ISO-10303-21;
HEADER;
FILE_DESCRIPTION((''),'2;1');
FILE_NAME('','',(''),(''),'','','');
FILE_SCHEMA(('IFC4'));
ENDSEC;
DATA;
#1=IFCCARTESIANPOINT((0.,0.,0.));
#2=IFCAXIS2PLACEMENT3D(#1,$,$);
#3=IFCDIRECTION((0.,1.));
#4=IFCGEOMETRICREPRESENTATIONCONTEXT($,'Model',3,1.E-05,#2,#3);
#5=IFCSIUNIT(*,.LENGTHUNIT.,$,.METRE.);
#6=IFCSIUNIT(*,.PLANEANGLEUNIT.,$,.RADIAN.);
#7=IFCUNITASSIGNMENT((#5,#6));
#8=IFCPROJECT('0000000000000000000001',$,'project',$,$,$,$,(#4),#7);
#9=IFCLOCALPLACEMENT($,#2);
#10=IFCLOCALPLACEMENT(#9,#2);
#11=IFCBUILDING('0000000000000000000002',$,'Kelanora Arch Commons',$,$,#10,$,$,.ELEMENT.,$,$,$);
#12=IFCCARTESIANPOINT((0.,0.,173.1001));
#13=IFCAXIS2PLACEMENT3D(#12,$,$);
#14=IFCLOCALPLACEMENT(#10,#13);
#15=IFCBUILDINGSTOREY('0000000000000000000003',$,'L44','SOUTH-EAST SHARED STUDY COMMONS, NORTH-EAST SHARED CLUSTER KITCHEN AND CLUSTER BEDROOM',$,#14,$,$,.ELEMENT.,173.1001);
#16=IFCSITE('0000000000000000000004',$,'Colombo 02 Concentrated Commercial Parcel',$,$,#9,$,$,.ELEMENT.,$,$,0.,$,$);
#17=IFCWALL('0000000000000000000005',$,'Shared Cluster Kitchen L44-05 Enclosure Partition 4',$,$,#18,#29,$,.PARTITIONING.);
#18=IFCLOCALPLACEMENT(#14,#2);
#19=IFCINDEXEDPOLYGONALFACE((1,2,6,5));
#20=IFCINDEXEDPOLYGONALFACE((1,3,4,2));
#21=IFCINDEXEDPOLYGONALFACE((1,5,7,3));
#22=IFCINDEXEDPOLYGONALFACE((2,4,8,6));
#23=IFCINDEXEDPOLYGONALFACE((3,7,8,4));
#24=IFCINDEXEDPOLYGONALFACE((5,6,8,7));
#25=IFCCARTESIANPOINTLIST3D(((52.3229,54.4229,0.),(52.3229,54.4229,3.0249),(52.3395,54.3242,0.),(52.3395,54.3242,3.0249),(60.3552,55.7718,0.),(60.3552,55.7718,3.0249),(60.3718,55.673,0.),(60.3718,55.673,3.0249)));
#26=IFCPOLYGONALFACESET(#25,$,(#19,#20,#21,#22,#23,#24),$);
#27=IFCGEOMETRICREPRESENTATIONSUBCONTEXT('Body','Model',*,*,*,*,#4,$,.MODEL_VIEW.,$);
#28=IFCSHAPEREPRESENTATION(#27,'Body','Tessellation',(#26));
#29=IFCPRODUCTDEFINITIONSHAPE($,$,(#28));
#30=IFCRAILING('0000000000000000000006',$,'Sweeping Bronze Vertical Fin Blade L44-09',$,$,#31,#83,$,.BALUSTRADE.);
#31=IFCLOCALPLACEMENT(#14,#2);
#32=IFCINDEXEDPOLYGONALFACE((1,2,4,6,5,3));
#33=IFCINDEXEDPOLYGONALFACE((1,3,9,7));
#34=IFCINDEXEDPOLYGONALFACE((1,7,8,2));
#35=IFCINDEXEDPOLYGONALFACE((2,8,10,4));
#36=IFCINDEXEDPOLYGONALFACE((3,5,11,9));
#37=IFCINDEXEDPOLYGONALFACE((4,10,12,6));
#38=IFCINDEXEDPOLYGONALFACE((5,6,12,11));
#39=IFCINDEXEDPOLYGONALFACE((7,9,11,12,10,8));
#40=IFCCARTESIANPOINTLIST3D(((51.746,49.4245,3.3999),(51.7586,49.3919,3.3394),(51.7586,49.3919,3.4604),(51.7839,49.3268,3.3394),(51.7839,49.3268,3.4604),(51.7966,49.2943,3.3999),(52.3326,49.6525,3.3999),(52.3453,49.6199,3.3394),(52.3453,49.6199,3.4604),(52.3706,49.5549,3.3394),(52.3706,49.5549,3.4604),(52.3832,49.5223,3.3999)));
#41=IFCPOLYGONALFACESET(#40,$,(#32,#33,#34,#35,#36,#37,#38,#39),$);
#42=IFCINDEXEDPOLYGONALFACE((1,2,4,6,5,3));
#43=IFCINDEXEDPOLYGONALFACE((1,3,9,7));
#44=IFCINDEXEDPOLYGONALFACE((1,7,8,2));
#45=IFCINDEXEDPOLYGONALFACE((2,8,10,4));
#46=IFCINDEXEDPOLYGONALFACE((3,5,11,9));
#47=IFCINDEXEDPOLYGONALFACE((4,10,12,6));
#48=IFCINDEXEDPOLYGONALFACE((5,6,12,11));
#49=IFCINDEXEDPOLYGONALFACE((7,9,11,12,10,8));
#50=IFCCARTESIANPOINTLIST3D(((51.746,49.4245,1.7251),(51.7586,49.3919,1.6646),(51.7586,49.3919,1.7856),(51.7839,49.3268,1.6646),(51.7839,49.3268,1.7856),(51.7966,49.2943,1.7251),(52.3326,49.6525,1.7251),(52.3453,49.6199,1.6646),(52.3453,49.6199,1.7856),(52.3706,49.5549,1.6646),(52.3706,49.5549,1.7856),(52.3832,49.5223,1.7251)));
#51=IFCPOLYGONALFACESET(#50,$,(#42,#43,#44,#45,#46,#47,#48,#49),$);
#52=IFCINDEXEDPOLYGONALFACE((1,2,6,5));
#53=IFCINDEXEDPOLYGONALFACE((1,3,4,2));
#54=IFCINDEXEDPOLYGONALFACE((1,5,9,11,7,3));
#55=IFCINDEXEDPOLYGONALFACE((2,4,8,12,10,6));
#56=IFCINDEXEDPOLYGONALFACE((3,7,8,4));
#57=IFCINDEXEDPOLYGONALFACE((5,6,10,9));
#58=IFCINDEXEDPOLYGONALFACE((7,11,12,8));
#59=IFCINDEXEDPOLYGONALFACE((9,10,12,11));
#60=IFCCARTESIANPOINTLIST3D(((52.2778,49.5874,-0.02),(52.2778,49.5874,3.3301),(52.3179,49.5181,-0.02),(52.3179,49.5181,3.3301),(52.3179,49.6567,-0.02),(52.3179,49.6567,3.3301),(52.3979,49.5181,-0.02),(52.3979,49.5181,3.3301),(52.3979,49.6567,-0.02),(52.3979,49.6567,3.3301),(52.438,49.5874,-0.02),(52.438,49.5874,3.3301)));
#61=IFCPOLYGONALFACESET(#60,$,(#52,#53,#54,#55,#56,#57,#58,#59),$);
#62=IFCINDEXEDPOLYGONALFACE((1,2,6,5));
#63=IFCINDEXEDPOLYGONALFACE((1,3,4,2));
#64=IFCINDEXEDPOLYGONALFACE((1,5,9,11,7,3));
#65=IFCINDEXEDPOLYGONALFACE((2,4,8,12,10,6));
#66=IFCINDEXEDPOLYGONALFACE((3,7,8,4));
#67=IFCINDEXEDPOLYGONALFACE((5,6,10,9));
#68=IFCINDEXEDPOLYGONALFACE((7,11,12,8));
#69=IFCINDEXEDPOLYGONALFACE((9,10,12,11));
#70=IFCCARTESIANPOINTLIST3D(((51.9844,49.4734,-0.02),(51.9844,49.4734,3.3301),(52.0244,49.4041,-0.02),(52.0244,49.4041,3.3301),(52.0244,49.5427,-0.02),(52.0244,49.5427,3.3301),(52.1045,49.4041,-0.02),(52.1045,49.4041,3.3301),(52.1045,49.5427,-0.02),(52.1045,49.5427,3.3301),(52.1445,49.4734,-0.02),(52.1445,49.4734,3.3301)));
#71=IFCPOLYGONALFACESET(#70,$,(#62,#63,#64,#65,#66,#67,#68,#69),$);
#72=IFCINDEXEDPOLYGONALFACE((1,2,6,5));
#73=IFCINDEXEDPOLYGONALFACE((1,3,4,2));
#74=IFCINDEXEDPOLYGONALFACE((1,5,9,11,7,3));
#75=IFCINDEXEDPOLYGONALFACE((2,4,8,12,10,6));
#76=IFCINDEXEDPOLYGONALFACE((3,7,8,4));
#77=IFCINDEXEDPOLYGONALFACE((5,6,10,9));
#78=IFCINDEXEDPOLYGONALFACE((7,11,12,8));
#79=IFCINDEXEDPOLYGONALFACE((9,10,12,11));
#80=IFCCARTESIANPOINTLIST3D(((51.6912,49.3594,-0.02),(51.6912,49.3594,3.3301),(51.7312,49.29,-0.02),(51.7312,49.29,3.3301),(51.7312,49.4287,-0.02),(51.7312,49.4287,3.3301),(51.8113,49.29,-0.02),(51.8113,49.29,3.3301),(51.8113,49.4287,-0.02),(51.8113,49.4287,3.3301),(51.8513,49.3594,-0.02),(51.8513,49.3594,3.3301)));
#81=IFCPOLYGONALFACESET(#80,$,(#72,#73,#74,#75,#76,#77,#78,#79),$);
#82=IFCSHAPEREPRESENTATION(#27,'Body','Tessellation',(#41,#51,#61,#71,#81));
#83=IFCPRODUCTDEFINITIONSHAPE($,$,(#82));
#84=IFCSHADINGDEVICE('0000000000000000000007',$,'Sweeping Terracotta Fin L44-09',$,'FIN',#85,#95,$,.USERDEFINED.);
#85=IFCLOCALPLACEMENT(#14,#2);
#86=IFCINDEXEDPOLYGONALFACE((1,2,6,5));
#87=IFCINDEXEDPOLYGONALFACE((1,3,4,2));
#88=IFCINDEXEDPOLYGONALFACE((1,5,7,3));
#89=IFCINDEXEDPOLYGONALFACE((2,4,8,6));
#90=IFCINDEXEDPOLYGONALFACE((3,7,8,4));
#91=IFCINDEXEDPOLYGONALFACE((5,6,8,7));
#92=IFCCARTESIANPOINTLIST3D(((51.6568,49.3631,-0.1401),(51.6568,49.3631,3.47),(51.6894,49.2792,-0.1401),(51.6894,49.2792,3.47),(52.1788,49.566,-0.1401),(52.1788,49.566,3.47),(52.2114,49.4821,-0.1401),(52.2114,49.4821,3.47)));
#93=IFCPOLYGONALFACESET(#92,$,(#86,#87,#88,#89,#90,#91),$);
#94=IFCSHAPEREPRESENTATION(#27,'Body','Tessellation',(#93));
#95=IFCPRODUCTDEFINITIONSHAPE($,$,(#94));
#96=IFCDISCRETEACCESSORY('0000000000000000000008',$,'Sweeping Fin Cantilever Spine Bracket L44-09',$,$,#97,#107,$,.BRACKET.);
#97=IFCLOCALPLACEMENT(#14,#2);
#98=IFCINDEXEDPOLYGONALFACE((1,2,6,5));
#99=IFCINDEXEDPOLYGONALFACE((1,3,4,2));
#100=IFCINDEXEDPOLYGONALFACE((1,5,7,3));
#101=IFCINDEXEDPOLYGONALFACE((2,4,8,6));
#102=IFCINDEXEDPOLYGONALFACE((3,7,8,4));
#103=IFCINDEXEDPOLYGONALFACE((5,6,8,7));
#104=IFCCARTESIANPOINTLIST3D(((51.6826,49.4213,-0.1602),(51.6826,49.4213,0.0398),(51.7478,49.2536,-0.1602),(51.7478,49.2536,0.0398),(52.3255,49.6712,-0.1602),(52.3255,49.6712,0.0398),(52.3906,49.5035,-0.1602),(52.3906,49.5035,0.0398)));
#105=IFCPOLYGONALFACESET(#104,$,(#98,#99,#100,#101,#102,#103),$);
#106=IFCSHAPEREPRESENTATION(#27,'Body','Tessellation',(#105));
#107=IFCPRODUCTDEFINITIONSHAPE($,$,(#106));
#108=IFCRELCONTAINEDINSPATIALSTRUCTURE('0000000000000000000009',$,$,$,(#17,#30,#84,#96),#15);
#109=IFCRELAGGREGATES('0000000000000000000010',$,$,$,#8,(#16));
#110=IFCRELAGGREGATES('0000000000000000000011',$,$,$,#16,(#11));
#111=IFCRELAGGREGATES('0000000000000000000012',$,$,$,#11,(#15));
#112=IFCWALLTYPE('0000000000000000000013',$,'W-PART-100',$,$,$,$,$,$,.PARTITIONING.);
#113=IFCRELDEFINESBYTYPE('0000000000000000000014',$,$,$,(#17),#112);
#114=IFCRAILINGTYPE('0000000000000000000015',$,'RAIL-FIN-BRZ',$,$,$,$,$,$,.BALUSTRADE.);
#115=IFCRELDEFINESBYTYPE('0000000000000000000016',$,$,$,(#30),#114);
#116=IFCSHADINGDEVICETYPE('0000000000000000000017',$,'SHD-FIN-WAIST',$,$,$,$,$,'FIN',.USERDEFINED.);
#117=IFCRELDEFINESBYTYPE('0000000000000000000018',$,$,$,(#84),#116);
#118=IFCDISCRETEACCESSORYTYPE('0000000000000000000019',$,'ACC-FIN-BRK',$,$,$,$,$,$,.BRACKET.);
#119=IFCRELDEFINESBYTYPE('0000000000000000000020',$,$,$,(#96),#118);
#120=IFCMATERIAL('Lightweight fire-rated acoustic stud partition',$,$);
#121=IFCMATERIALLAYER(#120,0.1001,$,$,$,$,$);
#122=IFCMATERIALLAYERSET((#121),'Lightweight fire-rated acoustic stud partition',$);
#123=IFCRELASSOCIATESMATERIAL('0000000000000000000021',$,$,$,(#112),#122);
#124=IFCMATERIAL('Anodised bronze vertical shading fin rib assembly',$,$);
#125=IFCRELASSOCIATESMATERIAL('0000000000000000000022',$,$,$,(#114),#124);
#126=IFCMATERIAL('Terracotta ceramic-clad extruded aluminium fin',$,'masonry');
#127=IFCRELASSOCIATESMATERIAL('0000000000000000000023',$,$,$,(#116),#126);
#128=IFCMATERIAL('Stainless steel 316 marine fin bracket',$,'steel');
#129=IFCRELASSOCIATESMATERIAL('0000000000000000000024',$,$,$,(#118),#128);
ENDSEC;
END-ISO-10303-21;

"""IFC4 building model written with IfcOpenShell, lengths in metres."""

from ifc_helpers import new_model, si_unit, direction, frame, frame_2d, origin, origin_2d, place, context, subcontext, project, spatial, polyline, rectangle, outline, extrude, source, transform, mapped, material, layer, layer_set, type_object, element, save


model = new_model("IFC4")

# Units and contexts
model_context = context("Model", 3, precision=1e-05, world=origin(), true_north=direction((0.0, 1.0)))
body_context = subcontext(model_context, "Body", "Model", "MODEL_VIEW")
ifc_project = project(units=[si_unit("LENGTHUNIT", "METRE"), si_unit("PLANEANGLEUNIT", "RADIAN")], contexts=[model_context])

# Site, building, storey
site_placement = place(None, origin())
site = spatial("IfcSite", under=ifc_project, at=site_placement, Name="Colombo 02 Concentrated Commercial Parcel", CompositionType="ELEMENT", RefElevation=0.0)
building_placement = place(site_placement, origin())
building = spatial("IfcBuilding", under=site, at=building_placement, Name="Kelanora Arch Commons", CompositionType="ELEMENT")
storey_placement = place(building_placement, frame((0.0, 0.0, 173.1001)))
storey = spatial("IfcBuildingStorey", under=building, at=storey_placement, Name="L44", Description="SOUTH-EAST SHARED STUDY COMMONS, NORTH-EAST SHARED CLUSTER KITCHEN AND CLUSTER BEDROOM", CompositionType="ELEMENT", Elevation=173.1001)

# Wall
ifc_material_1 = material(Name="Lightweight fire-rated acoustic stud partition")
ifc_layer_1 = layer(ifc_material_1, 0.1001)
ifc_layer_set_1 = layer_set([ifc_layer_1], Name="Lightweight fire-rated acoustic stud partition")
wall_type_1 = type_object("IfcWallType", Name="W-PART-100", PredefinedType="PARTITIONING", material=ifc_layer_set_1)
wall_1_placement = place(storey_placement, frame((52.3313, 54.3735, 0.0), z_axis=(0.0, 0.0, 1.0), x_axis=(0.986191, 0.165614, 0.0)))
element("IfcWall", 1, at=wall_1_placement, inside=storey, type_object=wall_type_1, Name="Shared Cluster Kitchen L44-05 Enclosure Partition 4", PredefinedType="PARTITIONING", context=body_context, shape_type="SweptSolid", body=[
    extrude(rectangle(XDim=8.1448, YDim=0.1001, at=frame_2d((4.0723, 0.0))), origin(), (0.0, 0.0, 1.0), 3.0249),
])

# Railing
ifc_material_2 = material(Name="Anodised bronze vertical shading fin rib assembly")
railing_type = type_object("IfcRailingType", Name="RAIL-FIN-BRZ", PredefinedType="BALUSTRADE", material=ifc_material_2)
railing_placement = place(storey_placement, frame((52.3579, 49.5874, -0.02)))
element("IfcRailing", 2, at=railing_placement, inside=storey, type_object=railing_type, Name="Sweeping Bronze Vertical Fin Blade L44-09", PredefinedType="BALUSTRADE", context=body_context, shape_type="SweptSolid", body=[
    extrude(outline(polyline([(0.0698, 0.0), (0.0349, 0.0605), (-0.0349, 0.0605), (-0.0698, 0.0), (-0.0349, -0.0605), (0.0349, -0.0605), (0.0698, 0.0)])), frame((0.0, 0.0, 3.4199), z_axis=(-0.93207, -0.362278, 0.0), x_axis=(0.362278, -0.93207, 0.0)), (0.0, 0.0, 1.0), 0.6294),
    extrude(outline(polyline([(0.0698, 0.0), (0.0349, 0.0605), (-0.0349, 0.0605), (-0.0698, 0.0), (-0.0349, -0.0605), (0.0349, -0.0605), (0.0698, 0.0)])), frame((0.0, 0.0, 1.7451), z_axis=(-0.93207, -0.362278, 0.0), x_axis=(0.362278, -0.93207, 0.0)), (0.0, 0.0, 1.0), 0.6294),
    extrude(outline(polyline([(0.0801, 0.0), (0.04, 0.0693), (-0.04, 0.0693), (-0.0801, 0.0), (-0.04, -0.0693), (0.04, -0.0693), (0.0801, 0.0)])), origin(), (0.0, 0.0, 1.0), 3.3501),
    extrude(outline(polyline([(0.0801, 0.0), (0.04, 0.0693), (-0.04, 0.0693), (-0.0801, 0.0), (-0.04, -0.0693), (0.04, -0.0693), (0.0801, 0.0)])), frame((-0.2935, -0.114, 0.0)), (0.0, 0.0, 1.0), 3.3501),
    extrude(outline(polyline([(0.0801, 0.0), (0.04, 0.0693), (-0.04, 0.0693), (-0.0801, 0.0), (-0.04, -0.0693), (0.04, -0.0693), (0.0801, 0.0)])), frame((-0.5867, -0.228, 0.0)), (0.0, 0.0, 1.0), 3.3501),
])

# Shading device
ifc_material_3 = material(Name="Terracotta ceramic-clad extruded aluminium fin", Category="masonry")
shading_device_type = type_object("IfcShadingDeviceType", Name="SHD-FIN-WAIST", ElementType="FIN", PredefinedType="USERDEFINED", material=ifc_material_3)
shared_shape_1 = source(origin(), body_context, "Body", "SweptSolid", [
    extrude(rectangle(XDim=0.5601, YDim=0.0901, at=origin_2d()), origin(), (0.0, 0.0, 1.0), 3.6101),
])
shading_device_placement = place(storey_placement, frame((51.9341, 49.4226, -0.1401), z_axis=(0.0, 0.0, 1.0), x_axis=(-0.932071, -0.362275, 0.0)))
element("IfcShadingDevice", 3, at=shading_device_placement, inside=storey, type_object=shading_device_type, Name="Sweeping Terracotta Fin L44-09", ObjectType="FIN", PredefinedType="USERDEFINED", context=body_context, shape_type="MappedRepresentation", body=[
    mapped(shared_shape_1, transform((0.0, 0.0, 0.0), scale=1.0)),
])

# Discrete accessory
ifc_material_4 = material(Name="Stainless steel 316 marine fin bracket", Category="steel")
discrete_accessory_type = type_object("IfcDiscreteAccessoryType", Name="ACC-FIN-BRK", PredefinedType="BRACKET", material=ifc_material_4)
shared_shape_2 = source(origin(), body_context, "Body", "SweptSolid", [
    extrude(rectangle(XDim=0.6897, YDim=0.1799, at=origin_2d()), origin(), (0.0, 0.0, 1.0), 0.2),
])
discrete_accessory_placement = place(storey_placement, frame((52.0366, 49.4624, -0.1602), z_axis=(0.0, 0.0, 1.0), x_axis=(-0.932071, -0.362275, 0.0)))
element("IfcDiscreteAccessory", 4, at=discrete_accessory_placement, inside=storey, type_object=discrete_accessory_type, Name="Sweeping Fin Cantilever Spine Bracket L44-09", PredefinedType="BRACKET", context=body_context, shape_type="MappedRepresentation", body=[
    mapped(shared_shape_2, transform((0.0, 0.0, 0.0), scale=1.0)),
])

save(model, "model.ifc")
